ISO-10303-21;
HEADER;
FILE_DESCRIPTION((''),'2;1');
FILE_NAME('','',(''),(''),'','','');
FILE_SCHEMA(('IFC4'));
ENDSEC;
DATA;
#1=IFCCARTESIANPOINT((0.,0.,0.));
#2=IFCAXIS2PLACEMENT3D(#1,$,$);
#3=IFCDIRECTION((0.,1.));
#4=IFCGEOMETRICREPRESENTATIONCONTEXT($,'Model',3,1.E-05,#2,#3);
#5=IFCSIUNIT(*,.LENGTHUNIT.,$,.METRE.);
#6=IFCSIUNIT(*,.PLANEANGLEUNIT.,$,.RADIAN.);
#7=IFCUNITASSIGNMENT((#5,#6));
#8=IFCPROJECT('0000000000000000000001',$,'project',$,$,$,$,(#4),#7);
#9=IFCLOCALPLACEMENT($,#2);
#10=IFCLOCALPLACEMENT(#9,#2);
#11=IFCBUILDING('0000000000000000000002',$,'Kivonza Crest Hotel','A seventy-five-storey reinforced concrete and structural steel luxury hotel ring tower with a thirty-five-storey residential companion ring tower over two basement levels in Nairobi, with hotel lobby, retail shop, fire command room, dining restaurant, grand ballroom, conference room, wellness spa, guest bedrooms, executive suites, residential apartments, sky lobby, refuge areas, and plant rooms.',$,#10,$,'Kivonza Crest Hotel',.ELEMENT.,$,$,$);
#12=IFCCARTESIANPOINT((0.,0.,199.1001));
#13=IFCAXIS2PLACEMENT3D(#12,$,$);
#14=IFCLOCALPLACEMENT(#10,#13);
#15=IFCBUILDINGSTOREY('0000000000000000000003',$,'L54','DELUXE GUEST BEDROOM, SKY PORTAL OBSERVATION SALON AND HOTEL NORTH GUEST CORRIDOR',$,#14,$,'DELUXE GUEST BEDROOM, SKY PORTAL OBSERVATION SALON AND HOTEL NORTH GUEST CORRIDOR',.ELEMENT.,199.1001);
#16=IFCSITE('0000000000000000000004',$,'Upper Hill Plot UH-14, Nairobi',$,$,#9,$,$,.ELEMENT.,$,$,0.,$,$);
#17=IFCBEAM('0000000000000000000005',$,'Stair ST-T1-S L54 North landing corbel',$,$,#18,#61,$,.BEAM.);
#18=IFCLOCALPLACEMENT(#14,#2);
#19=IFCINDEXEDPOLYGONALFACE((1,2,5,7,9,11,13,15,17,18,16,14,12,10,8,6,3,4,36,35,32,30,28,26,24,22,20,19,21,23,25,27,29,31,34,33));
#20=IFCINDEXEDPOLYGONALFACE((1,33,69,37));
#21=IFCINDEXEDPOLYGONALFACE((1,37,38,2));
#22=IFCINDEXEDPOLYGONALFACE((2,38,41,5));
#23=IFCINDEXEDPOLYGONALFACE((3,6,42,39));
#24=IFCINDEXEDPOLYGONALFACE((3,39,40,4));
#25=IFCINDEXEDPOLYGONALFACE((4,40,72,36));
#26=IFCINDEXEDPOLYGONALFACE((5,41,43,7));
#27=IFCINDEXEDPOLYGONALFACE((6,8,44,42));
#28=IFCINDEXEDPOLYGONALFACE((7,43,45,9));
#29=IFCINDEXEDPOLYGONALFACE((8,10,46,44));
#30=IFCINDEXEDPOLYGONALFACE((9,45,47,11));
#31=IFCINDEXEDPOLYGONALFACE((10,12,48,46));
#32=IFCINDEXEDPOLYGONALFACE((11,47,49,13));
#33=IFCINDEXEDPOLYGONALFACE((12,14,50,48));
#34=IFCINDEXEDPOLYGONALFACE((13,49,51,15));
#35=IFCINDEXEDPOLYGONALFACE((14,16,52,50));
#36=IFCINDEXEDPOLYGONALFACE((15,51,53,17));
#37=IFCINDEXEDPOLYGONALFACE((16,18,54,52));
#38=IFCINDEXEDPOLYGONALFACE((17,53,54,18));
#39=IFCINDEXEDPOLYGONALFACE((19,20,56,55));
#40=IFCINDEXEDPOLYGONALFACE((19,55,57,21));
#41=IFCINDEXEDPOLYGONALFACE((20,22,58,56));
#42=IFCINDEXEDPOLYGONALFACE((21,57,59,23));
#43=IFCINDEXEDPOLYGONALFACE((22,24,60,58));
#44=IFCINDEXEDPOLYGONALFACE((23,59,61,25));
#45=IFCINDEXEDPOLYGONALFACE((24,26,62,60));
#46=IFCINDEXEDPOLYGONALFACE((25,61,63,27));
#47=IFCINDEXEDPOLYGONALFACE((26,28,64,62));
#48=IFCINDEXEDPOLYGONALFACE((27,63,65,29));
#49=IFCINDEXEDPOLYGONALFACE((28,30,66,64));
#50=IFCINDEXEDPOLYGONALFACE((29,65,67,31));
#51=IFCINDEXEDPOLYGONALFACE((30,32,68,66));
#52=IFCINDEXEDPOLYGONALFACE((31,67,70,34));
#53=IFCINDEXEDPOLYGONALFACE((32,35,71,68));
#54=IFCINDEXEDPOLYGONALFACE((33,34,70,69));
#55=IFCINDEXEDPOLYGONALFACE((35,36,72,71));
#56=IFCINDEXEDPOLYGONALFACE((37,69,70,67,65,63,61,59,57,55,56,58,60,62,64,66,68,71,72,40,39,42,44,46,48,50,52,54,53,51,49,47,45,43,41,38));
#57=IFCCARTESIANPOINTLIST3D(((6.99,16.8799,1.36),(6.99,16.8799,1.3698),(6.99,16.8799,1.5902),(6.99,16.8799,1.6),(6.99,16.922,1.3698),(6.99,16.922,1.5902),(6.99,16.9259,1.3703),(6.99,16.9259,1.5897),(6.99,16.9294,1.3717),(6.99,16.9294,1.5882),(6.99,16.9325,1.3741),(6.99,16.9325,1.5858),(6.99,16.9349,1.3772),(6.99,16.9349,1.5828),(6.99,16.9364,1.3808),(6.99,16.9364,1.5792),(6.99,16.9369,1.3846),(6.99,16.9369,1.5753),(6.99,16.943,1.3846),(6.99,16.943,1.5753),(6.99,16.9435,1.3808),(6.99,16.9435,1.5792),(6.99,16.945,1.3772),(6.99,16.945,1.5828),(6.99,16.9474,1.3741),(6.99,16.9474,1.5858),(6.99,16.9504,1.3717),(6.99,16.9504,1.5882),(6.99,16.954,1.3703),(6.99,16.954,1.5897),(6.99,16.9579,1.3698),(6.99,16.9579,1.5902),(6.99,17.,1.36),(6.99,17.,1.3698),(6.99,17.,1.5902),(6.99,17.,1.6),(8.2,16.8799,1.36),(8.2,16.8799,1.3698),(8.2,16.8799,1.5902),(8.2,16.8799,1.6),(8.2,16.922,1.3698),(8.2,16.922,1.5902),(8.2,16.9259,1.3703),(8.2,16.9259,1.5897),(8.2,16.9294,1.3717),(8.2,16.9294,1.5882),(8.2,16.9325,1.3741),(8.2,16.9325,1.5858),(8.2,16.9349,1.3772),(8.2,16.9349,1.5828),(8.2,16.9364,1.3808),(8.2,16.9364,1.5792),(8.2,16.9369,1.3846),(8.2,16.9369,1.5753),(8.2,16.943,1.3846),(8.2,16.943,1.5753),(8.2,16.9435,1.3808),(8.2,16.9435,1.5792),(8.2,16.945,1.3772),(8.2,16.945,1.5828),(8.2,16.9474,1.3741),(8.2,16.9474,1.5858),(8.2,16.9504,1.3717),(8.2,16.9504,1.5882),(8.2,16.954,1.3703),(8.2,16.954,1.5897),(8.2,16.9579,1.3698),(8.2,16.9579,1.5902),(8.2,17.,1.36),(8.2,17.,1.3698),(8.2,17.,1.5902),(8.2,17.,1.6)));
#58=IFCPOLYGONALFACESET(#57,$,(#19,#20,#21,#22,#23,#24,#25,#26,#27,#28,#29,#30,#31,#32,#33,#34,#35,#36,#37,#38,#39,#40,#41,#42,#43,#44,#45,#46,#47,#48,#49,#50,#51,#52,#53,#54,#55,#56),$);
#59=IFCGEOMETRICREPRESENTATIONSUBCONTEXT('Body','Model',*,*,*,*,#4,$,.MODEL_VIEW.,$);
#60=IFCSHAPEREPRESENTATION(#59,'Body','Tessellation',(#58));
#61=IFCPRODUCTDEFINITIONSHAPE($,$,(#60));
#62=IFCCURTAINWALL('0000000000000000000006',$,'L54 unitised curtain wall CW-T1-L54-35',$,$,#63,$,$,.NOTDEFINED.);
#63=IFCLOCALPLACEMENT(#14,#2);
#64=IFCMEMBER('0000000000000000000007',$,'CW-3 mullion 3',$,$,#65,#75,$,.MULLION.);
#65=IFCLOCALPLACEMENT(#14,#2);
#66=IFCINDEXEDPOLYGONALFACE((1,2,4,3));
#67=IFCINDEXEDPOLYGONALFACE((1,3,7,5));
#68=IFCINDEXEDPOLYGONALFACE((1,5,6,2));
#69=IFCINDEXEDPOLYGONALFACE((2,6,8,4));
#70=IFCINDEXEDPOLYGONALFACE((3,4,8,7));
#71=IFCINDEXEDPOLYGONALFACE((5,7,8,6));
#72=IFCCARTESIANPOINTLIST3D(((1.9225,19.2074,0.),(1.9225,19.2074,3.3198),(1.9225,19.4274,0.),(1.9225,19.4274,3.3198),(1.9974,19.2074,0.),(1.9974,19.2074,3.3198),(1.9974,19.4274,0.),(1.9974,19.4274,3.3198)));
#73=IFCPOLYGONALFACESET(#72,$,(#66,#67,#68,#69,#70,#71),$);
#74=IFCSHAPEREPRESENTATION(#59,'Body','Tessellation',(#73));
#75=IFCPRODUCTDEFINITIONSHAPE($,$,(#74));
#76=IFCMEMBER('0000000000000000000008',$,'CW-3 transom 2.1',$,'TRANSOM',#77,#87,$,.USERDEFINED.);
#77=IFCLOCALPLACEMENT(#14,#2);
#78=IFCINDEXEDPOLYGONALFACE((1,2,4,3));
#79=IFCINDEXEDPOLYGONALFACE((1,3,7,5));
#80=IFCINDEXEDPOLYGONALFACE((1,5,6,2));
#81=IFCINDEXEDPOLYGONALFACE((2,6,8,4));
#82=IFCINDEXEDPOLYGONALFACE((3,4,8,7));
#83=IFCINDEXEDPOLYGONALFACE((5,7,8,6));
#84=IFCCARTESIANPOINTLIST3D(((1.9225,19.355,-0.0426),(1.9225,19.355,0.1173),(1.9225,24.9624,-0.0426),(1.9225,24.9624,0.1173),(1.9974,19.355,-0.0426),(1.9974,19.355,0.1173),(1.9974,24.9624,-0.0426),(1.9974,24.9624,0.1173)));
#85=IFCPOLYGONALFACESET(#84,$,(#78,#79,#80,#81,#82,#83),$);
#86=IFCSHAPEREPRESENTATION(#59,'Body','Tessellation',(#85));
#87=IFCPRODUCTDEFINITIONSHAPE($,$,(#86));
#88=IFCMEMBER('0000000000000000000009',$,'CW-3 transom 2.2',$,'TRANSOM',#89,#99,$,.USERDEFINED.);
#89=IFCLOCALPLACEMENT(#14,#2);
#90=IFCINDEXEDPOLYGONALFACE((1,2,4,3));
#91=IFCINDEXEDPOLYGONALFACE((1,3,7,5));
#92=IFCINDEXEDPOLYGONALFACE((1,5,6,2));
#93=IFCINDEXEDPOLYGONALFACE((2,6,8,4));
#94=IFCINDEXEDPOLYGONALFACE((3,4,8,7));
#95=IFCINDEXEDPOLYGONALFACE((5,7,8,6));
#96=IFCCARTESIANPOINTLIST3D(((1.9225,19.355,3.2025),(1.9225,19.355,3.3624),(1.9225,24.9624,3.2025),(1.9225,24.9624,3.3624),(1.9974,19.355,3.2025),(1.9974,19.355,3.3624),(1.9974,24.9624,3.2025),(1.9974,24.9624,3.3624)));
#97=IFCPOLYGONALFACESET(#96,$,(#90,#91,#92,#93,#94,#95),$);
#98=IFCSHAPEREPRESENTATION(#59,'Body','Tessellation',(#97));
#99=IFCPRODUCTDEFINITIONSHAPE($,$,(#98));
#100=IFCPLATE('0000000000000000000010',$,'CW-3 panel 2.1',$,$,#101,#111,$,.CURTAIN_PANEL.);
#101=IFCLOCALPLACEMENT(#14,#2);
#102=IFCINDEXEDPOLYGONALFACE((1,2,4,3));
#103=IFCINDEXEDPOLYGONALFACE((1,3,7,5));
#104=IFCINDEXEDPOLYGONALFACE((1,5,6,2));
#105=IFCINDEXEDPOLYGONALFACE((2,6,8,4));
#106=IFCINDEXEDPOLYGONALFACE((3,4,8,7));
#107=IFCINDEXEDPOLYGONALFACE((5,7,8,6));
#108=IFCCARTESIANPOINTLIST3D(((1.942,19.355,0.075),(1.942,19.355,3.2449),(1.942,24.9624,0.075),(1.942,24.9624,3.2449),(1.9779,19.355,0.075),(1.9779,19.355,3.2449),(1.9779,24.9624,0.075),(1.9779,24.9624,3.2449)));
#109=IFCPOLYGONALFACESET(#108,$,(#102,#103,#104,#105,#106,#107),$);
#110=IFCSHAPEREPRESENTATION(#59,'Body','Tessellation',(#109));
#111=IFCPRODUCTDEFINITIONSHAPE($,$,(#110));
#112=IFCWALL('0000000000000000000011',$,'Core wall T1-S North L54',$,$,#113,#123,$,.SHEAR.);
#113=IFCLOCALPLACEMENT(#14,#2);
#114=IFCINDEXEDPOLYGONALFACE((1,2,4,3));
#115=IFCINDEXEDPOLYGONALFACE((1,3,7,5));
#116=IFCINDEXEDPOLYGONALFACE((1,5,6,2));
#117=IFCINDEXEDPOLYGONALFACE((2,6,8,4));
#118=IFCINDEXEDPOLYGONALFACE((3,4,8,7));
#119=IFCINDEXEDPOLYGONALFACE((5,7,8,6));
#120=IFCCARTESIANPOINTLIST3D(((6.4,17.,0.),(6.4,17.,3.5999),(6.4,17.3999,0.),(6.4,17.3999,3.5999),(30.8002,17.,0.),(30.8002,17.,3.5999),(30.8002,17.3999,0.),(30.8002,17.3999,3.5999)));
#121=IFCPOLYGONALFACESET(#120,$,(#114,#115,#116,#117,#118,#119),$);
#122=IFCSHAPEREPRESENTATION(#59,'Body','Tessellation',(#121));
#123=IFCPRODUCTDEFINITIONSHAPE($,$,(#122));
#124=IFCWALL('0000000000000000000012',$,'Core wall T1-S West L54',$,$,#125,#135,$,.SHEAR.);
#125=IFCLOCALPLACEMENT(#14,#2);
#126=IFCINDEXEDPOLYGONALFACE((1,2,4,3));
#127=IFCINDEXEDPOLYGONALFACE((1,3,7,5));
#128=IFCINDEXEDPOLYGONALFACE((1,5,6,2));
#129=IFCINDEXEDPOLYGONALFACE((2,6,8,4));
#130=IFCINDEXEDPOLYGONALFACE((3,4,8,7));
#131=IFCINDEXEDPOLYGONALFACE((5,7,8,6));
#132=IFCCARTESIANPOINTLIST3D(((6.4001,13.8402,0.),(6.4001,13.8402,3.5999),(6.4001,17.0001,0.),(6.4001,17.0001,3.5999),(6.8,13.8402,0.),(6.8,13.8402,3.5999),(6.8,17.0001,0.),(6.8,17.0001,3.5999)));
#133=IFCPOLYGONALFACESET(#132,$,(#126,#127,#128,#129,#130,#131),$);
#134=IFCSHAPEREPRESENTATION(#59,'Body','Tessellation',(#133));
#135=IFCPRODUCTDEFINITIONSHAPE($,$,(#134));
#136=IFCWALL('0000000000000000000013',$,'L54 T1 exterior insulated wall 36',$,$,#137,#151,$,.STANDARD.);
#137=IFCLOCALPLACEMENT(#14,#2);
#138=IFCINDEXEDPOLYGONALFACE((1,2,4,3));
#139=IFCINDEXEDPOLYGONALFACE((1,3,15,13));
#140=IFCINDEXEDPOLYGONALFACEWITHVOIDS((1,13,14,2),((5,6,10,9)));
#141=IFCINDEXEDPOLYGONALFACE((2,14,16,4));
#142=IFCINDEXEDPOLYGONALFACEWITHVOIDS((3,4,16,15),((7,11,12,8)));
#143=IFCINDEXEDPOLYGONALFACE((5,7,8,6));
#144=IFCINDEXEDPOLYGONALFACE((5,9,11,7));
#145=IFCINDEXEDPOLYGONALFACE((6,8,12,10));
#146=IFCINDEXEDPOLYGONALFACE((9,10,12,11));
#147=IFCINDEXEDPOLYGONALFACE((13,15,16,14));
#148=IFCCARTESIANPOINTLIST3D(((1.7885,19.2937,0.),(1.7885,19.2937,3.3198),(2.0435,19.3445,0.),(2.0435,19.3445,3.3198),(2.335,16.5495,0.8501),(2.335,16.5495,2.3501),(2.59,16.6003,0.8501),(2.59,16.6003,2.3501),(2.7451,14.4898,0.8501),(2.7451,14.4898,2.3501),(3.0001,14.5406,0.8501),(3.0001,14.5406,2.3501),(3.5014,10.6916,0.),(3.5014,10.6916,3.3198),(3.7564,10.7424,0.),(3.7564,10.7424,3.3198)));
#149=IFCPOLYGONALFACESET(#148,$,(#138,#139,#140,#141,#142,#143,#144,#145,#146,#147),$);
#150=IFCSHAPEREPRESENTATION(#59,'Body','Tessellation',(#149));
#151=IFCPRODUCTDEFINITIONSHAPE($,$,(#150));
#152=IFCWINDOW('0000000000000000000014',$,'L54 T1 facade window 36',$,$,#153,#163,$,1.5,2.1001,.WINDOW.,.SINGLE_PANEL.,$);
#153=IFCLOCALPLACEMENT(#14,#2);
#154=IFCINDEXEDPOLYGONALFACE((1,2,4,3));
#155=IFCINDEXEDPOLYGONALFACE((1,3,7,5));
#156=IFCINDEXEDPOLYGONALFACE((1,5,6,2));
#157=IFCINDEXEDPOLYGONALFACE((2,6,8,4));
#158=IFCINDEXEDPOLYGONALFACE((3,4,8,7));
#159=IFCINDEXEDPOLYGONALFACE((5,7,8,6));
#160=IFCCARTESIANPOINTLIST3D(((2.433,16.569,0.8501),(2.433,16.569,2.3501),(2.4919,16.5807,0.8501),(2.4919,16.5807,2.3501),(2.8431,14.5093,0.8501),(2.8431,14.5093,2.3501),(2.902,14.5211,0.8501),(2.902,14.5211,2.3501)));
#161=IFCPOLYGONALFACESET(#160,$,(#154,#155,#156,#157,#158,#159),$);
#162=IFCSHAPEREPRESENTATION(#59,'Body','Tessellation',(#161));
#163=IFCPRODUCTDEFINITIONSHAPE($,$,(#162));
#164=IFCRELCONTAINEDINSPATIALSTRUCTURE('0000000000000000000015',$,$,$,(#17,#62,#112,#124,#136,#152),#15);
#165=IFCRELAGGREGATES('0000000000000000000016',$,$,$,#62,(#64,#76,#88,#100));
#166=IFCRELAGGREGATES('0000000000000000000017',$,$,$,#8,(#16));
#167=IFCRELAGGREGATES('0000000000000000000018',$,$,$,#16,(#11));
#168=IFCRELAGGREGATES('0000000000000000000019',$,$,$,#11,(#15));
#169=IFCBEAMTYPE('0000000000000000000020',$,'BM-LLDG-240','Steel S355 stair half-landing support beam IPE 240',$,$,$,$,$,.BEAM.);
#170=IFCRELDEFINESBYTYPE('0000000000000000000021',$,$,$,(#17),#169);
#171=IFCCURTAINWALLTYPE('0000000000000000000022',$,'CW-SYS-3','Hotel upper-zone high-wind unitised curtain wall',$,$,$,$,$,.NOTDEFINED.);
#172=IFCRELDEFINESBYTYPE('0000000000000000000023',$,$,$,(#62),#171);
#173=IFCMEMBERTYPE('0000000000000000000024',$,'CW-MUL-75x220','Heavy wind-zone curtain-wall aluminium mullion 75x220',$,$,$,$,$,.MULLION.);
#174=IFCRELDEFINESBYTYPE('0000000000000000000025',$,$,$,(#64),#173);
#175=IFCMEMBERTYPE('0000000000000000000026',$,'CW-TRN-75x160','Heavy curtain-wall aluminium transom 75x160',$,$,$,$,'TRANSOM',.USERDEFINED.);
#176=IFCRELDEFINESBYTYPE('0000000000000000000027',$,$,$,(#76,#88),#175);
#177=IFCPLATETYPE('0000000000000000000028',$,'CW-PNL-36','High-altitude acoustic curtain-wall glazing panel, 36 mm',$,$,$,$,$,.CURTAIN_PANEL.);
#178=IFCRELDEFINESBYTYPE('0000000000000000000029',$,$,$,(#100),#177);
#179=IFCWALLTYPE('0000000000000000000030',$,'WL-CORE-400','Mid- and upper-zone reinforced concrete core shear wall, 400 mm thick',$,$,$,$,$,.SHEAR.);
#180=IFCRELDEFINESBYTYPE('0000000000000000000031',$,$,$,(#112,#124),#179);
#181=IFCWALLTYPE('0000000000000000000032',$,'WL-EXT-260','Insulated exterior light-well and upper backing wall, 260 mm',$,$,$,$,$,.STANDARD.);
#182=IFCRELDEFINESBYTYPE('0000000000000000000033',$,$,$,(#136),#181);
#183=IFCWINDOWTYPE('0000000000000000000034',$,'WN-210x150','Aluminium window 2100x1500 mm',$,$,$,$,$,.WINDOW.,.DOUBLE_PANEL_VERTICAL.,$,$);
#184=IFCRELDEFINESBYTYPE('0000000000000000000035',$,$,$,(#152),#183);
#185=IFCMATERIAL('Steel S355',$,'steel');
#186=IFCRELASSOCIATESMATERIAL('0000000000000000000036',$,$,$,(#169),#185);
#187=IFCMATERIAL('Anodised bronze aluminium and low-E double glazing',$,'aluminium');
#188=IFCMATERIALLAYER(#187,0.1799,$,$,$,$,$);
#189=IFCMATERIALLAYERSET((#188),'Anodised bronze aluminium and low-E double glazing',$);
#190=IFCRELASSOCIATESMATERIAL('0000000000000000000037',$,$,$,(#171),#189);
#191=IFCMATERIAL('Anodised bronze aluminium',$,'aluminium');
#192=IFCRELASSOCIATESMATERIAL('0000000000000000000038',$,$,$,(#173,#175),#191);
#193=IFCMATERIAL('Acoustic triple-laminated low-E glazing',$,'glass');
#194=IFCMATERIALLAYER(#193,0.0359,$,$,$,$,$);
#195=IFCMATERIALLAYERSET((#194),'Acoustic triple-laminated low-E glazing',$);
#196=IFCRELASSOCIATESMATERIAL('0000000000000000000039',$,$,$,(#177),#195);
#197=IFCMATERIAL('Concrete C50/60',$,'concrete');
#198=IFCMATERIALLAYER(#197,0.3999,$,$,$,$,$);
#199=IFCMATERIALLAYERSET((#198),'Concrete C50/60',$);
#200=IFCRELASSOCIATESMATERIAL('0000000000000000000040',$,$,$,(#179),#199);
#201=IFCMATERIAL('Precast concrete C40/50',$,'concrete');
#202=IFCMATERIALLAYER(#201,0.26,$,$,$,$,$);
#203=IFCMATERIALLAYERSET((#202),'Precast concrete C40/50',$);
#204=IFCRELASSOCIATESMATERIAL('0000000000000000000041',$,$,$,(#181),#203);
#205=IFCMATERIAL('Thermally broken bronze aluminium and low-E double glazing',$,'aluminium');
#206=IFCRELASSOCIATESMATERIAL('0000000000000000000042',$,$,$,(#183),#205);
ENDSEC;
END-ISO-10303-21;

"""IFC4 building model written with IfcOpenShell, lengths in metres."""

from ifc_helpers import new_model, si_unit, direction, frame, frame_2d, origin, origin_2d, place, context, subcontext, project, spatial, rectangle, i_section, extrude, material, layer, layer_set, material_profile, profile_set, type_object, element, fill, aggregate, save


model = new_model("IFC4")

# Units and contexts
model_context = context("Model", 3, precision=1e-05, world=origin(), true_north=direction((0.0, 1.0)))
body_context = subcontext(model_context, "Body", "Model", "MODEL_VIEW")
ifc_project = project(units=[si_unit("LENGTHUNIT", "METRE"), si_unit("PLANEANGLEUNIT", "RADIAN")], contexts=[model_context])

# Site, building, storey
site_placement = place(None, origin())
site = spatial("IfcSite", under=ifc_project, at=site_placement, Name="Upper Hill Plot UH-14, Nairobi", CompositionType="ELEMENT", RefElevation=0.0)
building_placement = place(site_placement, origin())
building = spatial("IfcBuilding", under=site, at=building_placement, Name="Kivonza Crest Hotel", Description="A seventy-five-storey reinforced concrete and structural steel luxury hotel ring tower with a thirty-five-storey residential companion ring tower over two basement levels in Nairobi, with hotel lobby, retail shop, fire command room, dining restaurant, grand ballroom, conference room, wellness spa, guest bedrooms, executive suites, residential apartments, sky lobby, refuge areas, and plant rooms.", LongName="Kivonza Crest Hotel", CompositionType="ELEMENT")
storey_placement = place(building_placement, frame((0.0, 0.0, 199.1001)))
storey = spatial("IfcBuildingStorey", under=building, at=storey_placement, Name="L54", Description="DELUXE GUEST BEDROOM, SKY PORTAL OBSERVATION SALON AND HOTEL NORTH GUEST CORRIDOR", LongName="DELUXE GUEST BEDROOM, SKY PORTAL OBSERVATION SALON AND HOTEL NORTH GUEST CORRIDOR", CompositionType="ELEMENT", Elevation=199.1001)

# Shared definitions
ifc_material_1 = material(Name="Concrete C50/60", Category="concrete")

# Beam
ifc_material_2 = material(Name="Steel S355", Category="steel")
ifc_material_profile_1 = material_profile(ifc_material_2, i_section(OverallWidth=0.1201, OverallDepth=0.24, WebThickness=0.0061, FlangeThickness=0.0098, FilletRadius=0.0149, at=origin_2d()), Name="IPE 240")
ifc_profile_set_1 = profile_set([ifc_material_profile_1], Name="Steel S355")
beam_type_1 = type_object("IfcBeamType", Name="BM-LLDG-240", Description="Steel S355 stair half-landing support beam IPE 240", PredefinedType="BEAM", material=ifc_profile_set_1)
for number, where, z_axis, x_axis, name in (
    (1, (6.99, 16.9399, 1.48), (1.0, 0.0, 0.0), (0.0, 1.0, 0.0), "Stair ST-T1-S L54 North landing corbel"),
):
    element("IfcBeam", number, at=place(storey_placement, frame(where, z_axis=z_axis, x_axis=x_axis)), inside=storey, type_object=beam_type_1, Name=name, PredefinedType="BEAM", context=body_context, shape_type="SweptSolid", body=[
        extrude(i_section(OverallWidth=0.1201, OverallDepth=0.24, WebThickness=0.0061, FlangeThickness=0.0098, FilletRadius=0.0149, at=origin_2d()), origin(), (0.0, 0.0, 1.0), 1.21),
    ])

# Curtain wall, members, plate
ifc_material_3 = material(Name="Anodised bronze aluminium and low-E double glazing", Category="aluminium")
ifc_layer_1 = layer(ifc_material_3, 0.1799)
ifc_layer_set_1 = layer_set([ifc_layer_1], Name="Anodised bronze aluminium and low-E double glazing")
curtain_wall_type = type_object("IfcCurtainWallType", Name="CW-SYS-3", Description="Hotel upper-zone high-wind unitised curtain wall", PredefinedType="NOTDEFINED", material=ifc_layer_set_1)
curtain_wall_placement = place(storey_placement, origin())
curtain_wall = element("IfcCurtainWall", 2, at=curtain_wall_placement, inside=storey, type_object=curtain_wall_type, Name="L54 unitised curtain wall CW-T1-L54-35", PredefinedType="NOTDEFINED")
ifc_material_4 = material(Name="Anodised bronze aluminium", Category="aluminium")
ifc_material_profile_2 = material_profile(ifc_material_4, rectangle(XDim=0.075, YDim=0.22, at=origin_2d()), Name="CW-M 75x220")
ifc_profile_set_2 = profile_set([ifc_material_profile_2], Name="Anodised bronze aluminium")
member_type_1 = type_object("IfcMemberType", Name="CW-MUL-75x220", Description="Heavy wind-zone curtain-wall aluminium mullion 75x220", PredefinedType="MULLION", material=ifc_profile_set_2)
member_1_placement = place(storey_placement, frame((1.96, 19.3174, 0.0), z_axis=(0.0, 0.0, 1.0), x_axis=(1.0, 0.0, 0.0)))
member_1 = element("IfcMember", 3, at=member_1_placement, type_object=member_type_1, Name="CW-3 mullion 3", PredefinedType="MULLION", context=body_context, shape_type="SweptSolid", body=[
    extrude(rectangle(XDim=0.075, YDim=0.22, at=origin_2d()), origin(), (0.0, 0.0, 1.0), 3.3198),
])
ifc_material_profile_3 = material_profile(ifc_material_4, rectangle(XDim=0.075, YDim=0.1599, at=origin_2d()), Name="CW-T 75x160")
ifc_profile_set_3 = profile_set([ifc_material_profile_3], Name="Anodised bronze aluminium")
member_type_2 = type_object("IfcMemberType", Name="CW-TRN-75x160", Description="Heavy curtain-wall aluminium transom 75x160", ElementType="TRANSOM", PredefinedType="USERDEFINED", material=ifc_profile_set_3)
member_2_placement = place(storey_placement, frame((1.96, 24.9624, 0.0374), z_axis=(0.0, -1.0, 0.0), x_axis=(1.0, 0.0, 0.0)))
member_2 = element("IfcMember", 4, at=member_2_placement, type_object=member_type_2, Name="CW-3 transom 2.1", ObjectType="TRANSOM", PredefinedType="USERDEFINED", context=body_context, shape_type="SweptSolid", body=[
    extrude(rectangle(XDim=0.075, YDim=0.1599, at=origin_2d()), origin(), (0.0, 0.0, 1.0), 5.6074),
])
member_3_placement = place(storey_placement, frame((1.96, 24.9624, 3.2825), z_axis=(0.0, -1.0, 0.0), x_axis=(1.0, 0.0, 0.0)))
member_3 = element("IfcMember", 5, at=member_3_placement, type_object=member_type_2, Name="CW-3 transom 2.2", ObjectType="TRANSOM", PredefinedType="USERDEFINED", context=body_context, shape_type="SweptSolid", body=[
    extrude(rectangle(XDim=0.075, YDim=0.1599, at=origin_2d()), origin(), (0.0, 0.0, 1.0), 5.6074),
])
ifc_material_5 = material(Name="Acoustic triple-laminated low-E glazing", Category="glass")
ifc_layer_2 = layer(ifc_material_5, 0.0359)
ifc_layer_set_2 = layer_set([ifc_layer_2], Name="Acoustic triple-laminated low-E glazing")
plate_type = type_object("IfcPlateType", Name="CW-PNL-36", Description="High-altitude acoustic curtain-wall glazing panel, 36 mm", PredefinedType="CURTAIN_PANEL", material=ifc_layer_set_2)
plate_placement = place(storey_placement, frame((1.96, 22.1587, 0.075), z_axis=(0.0, 0.0, 1.0), x_axis=(0.0, -1.0, 0.0)))
plate = element("IfcPlate", 6, at=plate_placement, type_object=plate_type, Name="CW-3 panel 2.1", PredefinedType="CURTAIN_PANEL", context=body_context, shape_type="SweptSolid", body=[
    extrude(rectangle(XDim=5.6074, YDim=0.0359, at=origin_2d()), origin(), (0.0, 0.0, 1.0), 3.1699),
])
aggregate(curtain_wall, [member_1, member_2, member_3, plate])

# Shared definitions
ifc_layer_3 = layer(ifc_material_1, 0.3999)
ifc_layer_set_3 = layer_set([ifc_layer_3], Name="Concrete C50/60")
wall_type_1 = type_object("IfcWallType", Name="WL-CORE-400", Description="Mid- and upper-zone reinforced concrete core shear wall, 400 mm thick", PredefinedType="SHEAR", material=ifc_layer_set_3)

# Walls
wall_1_placement = place(storey_placement, frame((6.3999, 17.2, 0.0), z_axis=(0.0, 0.0, 1.0), x_axis=(1.0, 0.0, 0.0)))
element("IfcWall", 7, at=wall_1_placement, inside=storey, type_object=wall_type_1, Name="Core wall T1-S North L54", PredefinedType="SHEAR", context=body_context, shape_type="SweptSolid", body=[
    extrude(rectangle(XDim=24.4001, YDim=0.3999, at=frame_2d((12.2002, 0.0))), origin(), (0.0, 0.0, 1.0), 3.5999),
])
wall_2_placement = place(storey_placement, frame((6.6001, 13.8401, 0.0), z_axis=(0.0, 0.0, 1.0), x_axis=(0.0, 1.0, 0.0)))
element("IfcWall", 8, at=wall_2_placement, inside=storey, type_object=wall_type_1, Name="Core wall T1-S West L54", PredefinedType="SHEAR", context=body_context, shape_type="SweptSolid", body=[
    extrude(rectangle(XDim=3.1599, YDim=0.3999, at=frame_2d((1.5801, 0.0))), origin(), (0.0, 0.0, 1.0), 3.5999),
])

# Wall, opening, window
ifc_material_6 = material(Name="Precast concrete C40/50", Category="concrete")
ifc_layer_4 = layer(ifc_material_6, 0.26)
ifc_layer_set_4 = layer_set([ifc_layer_4], Name="Precast concrete C40/50")
wall_type_2 = type_object("IfcWallType", Name="WL-EXT-260", Description="Insulated exterior light-well and upper backing wall, 260 mm", PredefinedType="STANDARD", material=ifc_layer_set_4)
wall_3_placement = place(storey_placement, frame((1.916, 19.3191, 0.0), z_axis=(0.0, 0.0, 1.0), x_axis=(0.195292, -0.980745, 0.0)))
wall_3 = element("IfcWall", 9, at=wall_3_placement, inside=storey, type_object=wall_type_2, Name="L54 T1 exterior insulated wall 36", PredefinedType="STANDARD", context=body_context, shape_type="SweptSolid", body=[
    extrude(rectangle(XDim=8.771, YDim=0.26, at=frame_2d((4.3855, 0.0))), origin(), (0.0, 0.0, 1.0), 3.3198),
])
opening_1_placement = place(wall_3_placement, frame((2.7981, 0.0, 0.8501)))
opening_1 = element("IfcOpeningElement", 10, at=opening_1_placement, cuts=wall_3, PredefinedType="OPENING", context=body_context, shape_type="SweptSolid", body=[
    extrude(rectangle(XDim=2.1001, YDim=1.5, at=frame_2d((1.05, 0.75))), frame((0.0, 0.1401, 0.0), z_axis=(0.0, -1.0, 0.0), x_axis=(1.0, 0.0, 0.0)), (0.0, 0.0, 1.0), 0.28),
])
ifc_material_7 = material(Name="Thermally broken bronze aluminium and low-E double glazing", Category="aluminium")
window_type = type_object("IfcWindowType", Name="WN-210x150", Description="Aluminium window 2100x1500 mm", PartitioningType="DOUBLE_PANEL_VERTICAL", PredefinedType="WINDOW", material=ifc_material_7)
window_placement = place(opening_1_placement, origin())
window = element("IfcWindow", 11, at=window_placement, inside=storey, type_object=window_type, Name="L54 T1 facade window 36", OverallHeight=1.5, OverallWidth=2.1001, PartitioningType="SINGLE_PANEL", PredefinedType="WINDOW", context=body_context, shape_type="SweptSolid", body=[
    extrude(rectangle(XDim=2.1001, YDim=1.5, at=frame_2d((1.05, 0.75))), frame((0.0, 0.03, 0.0), z_axis=(0.0, -1.0, 0.0), x_axis=(1.0, 0.0, 0.0)), (0.0, 0.0, 1.0), 0.0601),
])
fill(opening_1, window)

save(model, "model.ifc")
